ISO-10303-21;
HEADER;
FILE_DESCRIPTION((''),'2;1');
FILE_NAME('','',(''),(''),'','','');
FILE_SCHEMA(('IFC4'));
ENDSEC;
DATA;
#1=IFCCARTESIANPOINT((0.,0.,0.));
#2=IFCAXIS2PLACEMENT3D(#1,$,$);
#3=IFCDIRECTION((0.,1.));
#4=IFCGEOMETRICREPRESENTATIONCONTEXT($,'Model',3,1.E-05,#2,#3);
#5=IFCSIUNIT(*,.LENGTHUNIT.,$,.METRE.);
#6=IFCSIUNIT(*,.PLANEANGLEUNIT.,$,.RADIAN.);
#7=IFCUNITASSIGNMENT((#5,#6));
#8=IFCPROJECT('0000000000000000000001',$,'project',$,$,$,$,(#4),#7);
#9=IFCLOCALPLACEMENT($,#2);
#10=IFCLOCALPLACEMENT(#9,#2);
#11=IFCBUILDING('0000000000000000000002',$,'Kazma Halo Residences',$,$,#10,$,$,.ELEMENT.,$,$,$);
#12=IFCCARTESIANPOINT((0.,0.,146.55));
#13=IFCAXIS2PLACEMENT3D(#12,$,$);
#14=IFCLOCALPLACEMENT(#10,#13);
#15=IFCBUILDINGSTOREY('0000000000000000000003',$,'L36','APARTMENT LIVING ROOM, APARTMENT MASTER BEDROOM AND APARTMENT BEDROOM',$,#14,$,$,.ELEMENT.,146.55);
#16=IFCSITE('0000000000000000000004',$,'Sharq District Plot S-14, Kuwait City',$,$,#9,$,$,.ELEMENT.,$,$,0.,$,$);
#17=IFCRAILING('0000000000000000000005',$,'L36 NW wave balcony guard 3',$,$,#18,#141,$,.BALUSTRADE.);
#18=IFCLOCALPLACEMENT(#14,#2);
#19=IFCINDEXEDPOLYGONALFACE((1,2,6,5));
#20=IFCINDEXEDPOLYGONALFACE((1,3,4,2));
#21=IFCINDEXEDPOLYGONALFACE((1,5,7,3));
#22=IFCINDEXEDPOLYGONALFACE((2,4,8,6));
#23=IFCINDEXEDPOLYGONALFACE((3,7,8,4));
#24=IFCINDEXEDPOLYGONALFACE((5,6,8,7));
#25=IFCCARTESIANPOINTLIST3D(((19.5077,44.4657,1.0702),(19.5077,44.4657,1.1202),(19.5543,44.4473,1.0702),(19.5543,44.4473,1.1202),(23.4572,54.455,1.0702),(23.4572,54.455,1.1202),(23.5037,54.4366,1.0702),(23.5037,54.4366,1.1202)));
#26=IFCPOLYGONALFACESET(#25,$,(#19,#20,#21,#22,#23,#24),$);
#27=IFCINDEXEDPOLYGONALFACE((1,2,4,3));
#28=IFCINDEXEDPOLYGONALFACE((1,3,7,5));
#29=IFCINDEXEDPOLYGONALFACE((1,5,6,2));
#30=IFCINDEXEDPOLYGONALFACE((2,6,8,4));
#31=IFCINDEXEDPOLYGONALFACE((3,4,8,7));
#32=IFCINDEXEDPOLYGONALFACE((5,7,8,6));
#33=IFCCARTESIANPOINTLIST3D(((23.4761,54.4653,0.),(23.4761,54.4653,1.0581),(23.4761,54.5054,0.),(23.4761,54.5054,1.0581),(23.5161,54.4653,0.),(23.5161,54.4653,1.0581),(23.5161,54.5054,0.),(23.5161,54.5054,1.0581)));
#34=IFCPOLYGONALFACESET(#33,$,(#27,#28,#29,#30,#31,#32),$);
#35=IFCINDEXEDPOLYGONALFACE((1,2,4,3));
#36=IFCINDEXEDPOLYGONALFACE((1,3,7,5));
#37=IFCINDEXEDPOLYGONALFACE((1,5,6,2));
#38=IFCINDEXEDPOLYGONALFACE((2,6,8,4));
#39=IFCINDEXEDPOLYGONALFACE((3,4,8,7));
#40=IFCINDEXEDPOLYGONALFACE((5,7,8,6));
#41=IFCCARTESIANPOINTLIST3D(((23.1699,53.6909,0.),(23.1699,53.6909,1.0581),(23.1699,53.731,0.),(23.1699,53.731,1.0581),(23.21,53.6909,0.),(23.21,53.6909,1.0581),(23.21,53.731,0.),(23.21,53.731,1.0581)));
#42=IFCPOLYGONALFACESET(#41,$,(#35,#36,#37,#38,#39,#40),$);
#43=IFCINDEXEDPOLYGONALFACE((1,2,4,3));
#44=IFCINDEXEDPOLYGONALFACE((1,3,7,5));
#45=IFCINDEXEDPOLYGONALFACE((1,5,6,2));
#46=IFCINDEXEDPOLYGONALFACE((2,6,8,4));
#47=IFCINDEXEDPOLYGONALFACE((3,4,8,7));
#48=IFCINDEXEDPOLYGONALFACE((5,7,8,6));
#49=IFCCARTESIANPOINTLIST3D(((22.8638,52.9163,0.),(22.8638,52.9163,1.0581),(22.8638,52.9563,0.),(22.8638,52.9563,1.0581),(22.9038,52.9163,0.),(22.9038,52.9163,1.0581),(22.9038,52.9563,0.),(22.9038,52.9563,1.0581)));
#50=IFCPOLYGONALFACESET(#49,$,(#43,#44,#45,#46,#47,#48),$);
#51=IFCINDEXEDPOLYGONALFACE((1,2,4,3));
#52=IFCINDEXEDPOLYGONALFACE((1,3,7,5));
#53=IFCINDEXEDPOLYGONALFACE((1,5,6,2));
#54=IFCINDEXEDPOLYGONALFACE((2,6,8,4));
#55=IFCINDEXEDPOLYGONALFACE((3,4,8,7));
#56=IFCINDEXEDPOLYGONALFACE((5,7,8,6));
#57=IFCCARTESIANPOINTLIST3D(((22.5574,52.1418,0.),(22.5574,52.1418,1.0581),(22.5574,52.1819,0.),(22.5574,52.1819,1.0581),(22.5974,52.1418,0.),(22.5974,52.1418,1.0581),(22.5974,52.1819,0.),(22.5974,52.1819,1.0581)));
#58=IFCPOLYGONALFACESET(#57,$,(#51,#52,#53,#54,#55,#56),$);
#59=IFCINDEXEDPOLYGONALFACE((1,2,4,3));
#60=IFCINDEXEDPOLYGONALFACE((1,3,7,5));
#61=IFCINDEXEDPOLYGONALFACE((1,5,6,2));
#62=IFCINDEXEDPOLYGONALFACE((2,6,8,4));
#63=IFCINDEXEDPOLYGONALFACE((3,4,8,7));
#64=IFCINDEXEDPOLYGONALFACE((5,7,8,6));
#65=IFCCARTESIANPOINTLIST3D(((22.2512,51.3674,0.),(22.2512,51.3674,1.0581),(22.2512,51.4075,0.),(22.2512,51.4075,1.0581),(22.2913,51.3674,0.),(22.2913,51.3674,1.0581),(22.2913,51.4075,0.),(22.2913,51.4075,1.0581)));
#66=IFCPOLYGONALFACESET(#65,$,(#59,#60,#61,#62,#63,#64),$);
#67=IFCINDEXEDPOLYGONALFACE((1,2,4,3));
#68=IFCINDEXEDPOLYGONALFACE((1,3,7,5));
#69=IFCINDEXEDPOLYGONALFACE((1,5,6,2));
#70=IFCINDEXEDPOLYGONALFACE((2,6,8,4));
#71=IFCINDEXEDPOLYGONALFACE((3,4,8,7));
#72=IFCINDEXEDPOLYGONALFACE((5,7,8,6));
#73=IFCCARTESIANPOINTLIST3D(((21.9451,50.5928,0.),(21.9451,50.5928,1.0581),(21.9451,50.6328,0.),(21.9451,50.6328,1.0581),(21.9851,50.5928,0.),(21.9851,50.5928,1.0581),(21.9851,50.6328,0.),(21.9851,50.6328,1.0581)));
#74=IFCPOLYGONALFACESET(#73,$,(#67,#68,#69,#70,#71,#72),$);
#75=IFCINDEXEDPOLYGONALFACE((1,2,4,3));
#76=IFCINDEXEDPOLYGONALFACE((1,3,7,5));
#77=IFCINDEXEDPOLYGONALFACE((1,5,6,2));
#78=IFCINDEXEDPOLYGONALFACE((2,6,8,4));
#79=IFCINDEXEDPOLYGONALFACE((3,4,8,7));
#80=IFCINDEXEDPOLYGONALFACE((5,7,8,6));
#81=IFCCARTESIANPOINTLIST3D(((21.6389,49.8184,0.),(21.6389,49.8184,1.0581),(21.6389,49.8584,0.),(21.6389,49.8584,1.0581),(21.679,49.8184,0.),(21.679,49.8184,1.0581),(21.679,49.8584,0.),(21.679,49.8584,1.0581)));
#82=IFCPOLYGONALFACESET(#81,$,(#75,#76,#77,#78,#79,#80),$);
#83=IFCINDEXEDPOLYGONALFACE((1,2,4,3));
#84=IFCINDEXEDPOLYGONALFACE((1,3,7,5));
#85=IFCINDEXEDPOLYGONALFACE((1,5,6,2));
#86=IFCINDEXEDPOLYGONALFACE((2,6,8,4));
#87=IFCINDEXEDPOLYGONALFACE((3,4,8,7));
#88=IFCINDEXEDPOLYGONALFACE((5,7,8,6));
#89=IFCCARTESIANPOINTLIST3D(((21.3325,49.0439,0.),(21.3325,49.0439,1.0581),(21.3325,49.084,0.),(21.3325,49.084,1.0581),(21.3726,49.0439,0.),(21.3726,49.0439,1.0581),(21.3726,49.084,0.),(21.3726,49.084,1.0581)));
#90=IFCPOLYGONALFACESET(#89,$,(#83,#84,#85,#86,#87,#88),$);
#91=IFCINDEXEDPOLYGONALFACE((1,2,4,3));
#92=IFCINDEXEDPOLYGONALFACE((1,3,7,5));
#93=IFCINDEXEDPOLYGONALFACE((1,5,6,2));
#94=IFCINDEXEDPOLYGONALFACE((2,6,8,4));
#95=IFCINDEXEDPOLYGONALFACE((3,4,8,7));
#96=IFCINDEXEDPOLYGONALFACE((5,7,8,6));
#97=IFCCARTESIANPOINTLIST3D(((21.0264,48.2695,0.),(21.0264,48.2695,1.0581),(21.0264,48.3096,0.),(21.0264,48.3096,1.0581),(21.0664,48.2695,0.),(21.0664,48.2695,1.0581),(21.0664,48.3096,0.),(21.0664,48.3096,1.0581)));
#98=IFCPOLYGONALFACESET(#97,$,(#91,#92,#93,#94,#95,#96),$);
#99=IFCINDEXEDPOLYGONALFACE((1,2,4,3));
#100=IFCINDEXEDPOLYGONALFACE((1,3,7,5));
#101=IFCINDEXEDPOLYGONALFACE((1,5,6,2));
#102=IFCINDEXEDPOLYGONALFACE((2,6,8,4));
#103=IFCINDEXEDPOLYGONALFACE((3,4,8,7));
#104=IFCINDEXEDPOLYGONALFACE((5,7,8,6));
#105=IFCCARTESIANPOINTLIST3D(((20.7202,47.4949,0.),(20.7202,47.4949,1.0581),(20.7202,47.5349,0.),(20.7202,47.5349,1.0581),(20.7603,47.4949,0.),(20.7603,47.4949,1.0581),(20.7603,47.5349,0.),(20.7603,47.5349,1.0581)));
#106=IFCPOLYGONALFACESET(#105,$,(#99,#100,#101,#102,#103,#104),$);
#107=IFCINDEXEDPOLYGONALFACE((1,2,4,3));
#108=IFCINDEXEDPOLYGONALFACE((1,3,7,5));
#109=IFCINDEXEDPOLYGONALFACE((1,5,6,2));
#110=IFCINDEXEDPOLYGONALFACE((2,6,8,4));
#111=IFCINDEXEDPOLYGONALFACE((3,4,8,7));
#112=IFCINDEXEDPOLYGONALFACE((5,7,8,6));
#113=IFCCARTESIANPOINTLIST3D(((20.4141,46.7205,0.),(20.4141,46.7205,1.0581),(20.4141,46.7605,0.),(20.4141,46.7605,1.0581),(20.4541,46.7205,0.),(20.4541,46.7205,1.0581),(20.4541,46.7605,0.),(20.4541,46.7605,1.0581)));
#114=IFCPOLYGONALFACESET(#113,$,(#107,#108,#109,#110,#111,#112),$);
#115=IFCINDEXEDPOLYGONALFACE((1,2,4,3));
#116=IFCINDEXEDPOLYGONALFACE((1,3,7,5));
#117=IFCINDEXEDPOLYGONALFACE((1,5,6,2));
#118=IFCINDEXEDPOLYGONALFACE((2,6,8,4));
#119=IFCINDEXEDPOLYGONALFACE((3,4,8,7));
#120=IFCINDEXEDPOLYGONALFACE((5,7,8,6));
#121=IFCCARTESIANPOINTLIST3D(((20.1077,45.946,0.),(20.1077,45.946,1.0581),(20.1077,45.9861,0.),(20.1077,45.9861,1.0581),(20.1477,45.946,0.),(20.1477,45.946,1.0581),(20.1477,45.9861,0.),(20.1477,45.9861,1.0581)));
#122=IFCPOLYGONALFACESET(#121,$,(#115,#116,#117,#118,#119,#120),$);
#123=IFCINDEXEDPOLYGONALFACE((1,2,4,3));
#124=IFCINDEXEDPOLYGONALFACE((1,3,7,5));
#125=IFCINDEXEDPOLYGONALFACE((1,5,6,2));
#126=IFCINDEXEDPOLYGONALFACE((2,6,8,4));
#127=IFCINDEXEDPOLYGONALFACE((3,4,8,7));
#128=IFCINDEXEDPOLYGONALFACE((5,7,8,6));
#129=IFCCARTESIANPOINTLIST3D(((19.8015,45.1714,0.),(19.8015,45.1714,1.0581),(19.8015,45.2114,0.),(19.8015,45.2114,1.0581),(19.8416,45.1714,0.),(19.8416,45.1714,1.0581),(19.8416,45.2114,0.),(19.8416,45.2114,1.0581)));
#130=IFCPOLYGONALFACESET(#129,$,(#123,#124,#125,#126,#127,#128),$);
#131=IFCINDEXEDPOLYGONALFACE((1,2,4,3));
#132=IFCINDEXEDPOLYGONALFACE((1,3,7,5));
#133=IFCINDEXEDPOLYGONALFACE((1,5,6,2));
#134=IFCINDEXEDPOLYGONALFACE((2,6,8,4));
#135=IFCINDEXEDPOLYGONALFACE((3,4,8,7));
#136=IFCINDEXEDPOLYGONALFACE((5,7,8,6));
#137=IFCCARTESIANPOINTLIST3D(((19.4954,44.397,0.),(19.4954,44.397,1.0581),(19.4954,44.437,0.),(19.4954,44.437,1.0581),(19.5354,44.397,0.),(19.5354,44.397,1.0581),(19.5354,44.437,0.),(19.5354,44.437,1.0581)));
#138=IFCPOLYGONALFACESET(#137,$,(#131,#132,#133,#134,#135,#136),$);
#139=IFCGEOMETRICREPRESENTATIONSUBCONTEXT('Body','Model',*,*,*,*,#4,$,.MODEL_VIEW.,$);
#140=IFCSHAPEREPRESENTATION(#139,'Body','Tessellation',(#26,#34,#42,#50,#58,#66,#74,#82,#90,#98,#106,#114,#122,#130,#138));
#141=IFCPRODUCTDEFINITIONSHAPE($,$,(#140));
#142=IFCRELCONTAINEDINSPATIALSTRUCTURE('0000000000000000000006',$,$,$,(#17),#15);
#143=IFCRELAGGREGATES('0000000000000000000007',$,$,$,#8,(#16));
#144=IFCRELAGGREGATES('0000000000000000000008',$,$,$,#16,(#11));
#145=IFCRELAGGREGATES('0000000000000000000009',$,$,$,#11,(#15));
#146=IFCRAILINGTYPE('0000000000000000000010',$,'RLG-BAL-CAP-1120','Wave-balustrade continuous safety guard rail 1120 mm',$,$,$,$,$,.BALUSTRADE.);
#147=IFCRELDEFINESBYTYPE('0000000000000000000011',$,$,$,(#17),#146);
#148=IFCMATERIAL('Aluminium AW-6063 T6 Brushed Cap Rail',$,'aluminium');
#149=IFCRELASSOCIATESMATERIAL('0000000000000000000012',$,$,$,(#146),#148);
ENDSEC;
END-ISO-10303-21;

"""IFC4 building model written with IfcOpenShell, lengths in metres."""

from ifc_helpers import new_model, si_unit, direction, frame, origin, origin_2d, place, context, subcontext, project, spatial, rectangle, extrude, material, type_object, element, save


model = new_model("IFC4")

# Units and contexts
model_context = context("Model", 3, precision=1e-05, world=origin(), true_north=direction((0.0, 1.0)))
body_context = subcontext(model_context, "Body", "Model", "MODEL_VIEW")
ifc_project = project(units=[si_unit("LENGTHUNIT", "METRE"), si_unit("PLANEANGLEUNIT", "RADIAN")], contexts=[model_context])

# Site, building, storey
site_placement = place(None, origin())
site = spatial("IfcSite", under=ifc_project, at=site_placement, Name="Sharq District Plot S-14, Kuwait City", CompositionType="ELEMENT", RefElevation=0.0)
building_placement = place(site_placement, origin())
building = spatial("IfcBuilding", under=site, at=building_placement, Name="Kazma Halo Residences", CompositionType="ELEMENT")
storey_placement = place(building_placement, frame((0.0, 0.0, 146.55)))
storey = spatial("IfcBuildingStorey", under=building, at=storey_placement, Name="L36", Description="APARTMENT LIVING ROOM, APARTMENT MASTER BEDROOM AND APARTMENT BEDROOM", CompositionType="ELEMENT", Elevation=146.55)

# Railing
ifc_material_1 = material(Name="Aluminium AW-6063 T6 Brushed Cap Rail", Category="aluminium")
railing_type = type_object("IfcRailingType", Name="RLG-BAL-CAP-1120", Description="Wave-balustrade continuous safety guard rail 1120 mm", PredefinedType="BALUSTRADE", material=ifc_material_1)
railing_1_placement = place(storey_placement, frame((23.4961, 54.4854, 0.0)))
element("IfcRailing", 1, at=railing_1_placement, inside=storey, type_object=railing_type, Name="L36 NW wave balcony guard 3", PredefinedType="BALUSTRADE", context=body_context, shape_type="SweptSolid", body=[
    extrude(rectangle(XDim=0.05, YDim=0.05, at=origin_2d()), frame((-0.0156, -0.0396, 1.0952), z_axis=(-0.367675, -0.929954, 0.0), x_axis=(0.929954, -0.367675, 0.0)), (0.0, 0.0, 1.0), 10.7417),
    extrude(rectangle(XDim=0.04, YDim=0.04, at=origin_2d()), origin(), (0.0, 0.0, 1.0), 1.0581),
    extrude(rectangle(XDim=0.04, YDim=0.04, at=origin_2d()), frame((-0.3062, -0.7744, 0.0)), (0.0, 0.0, 1.0), 1.0581),
    extrude(rectangle(XDim=0.04, YDim=0.04, at=origin_2d()), frame((-0.6123, -1.5491, 0.0)), (0.0, 0.0, 1.0), 1.0581),
    extrude(rectangle(XDim=0.04, YDim=0.04, at=origin_2d()), frame((-0.9187, -2.3235, 0.0)), (0.0, 0.0, 1.0), 1.0581),
    extrude(rectangle(XDim=0.04, YDim=0.04, at=origin_2d()), frame((-1.2249, -3.0979, 0.0)), (0.0, 0.0, 1.0), 1.0581),
    extrude(rectangle(XDim=0.04, YDim=0.04, at=origin_2d()), frame((-1.531, -3.8726, 0.0)), (0.0, 0.0, 1.0), 1.0581),
    extrude(rectangle(XDim=0.04, YDim=0.04, at=origin_2d()), frame((-1.8372, -4.647, 0.0)), (0.0, 0.0, 1.0), 1.0581),
    extrude(rectangle(XDim=0.04, YDim=0.04, at=origin_2d()), frame((-2.1436, -5.4214, 0.0)), (0.0, 0.0, 1.0), 1.0581),
    extrude(rectangle(XDim=0.04, YDim=0.04, at=origin_2d()), frame((-2.4497, -6.1958, 0.0)), (0.0, 0.0, 1.0), 1.0581),
    extrude(rectangle(XDim=0.04, YDim=0.04, at=origin_2d()), frame((-2.7559, -6.9705, 0.0)), (0.0, 0.0, 1.0), 1.0581),
    extrude(rectangle(XDim=0.04, YDim=0.04, at=origin_2d()), frame((-3.062, -7.7449, 0.0)), (0.0, 0.0, 1.0), 1.0581),
    extrude(rectangle(XDim=0.04, YDim=0.04, at=origin_2d()), frame((-3.3684, -8.5193, 0.0)), (0.0, 0.0, 1.0), 1.0581),
    extrude(rectangle(XDim=0.04, YDim=0.04, at=origin_2d()), frame((-3.6746, -9.2939, 0.0)), (0.0, 0.0, 1.0), 1.0581),
    extrude(rectangle(XDim=0.04, YDim=0.04, at=origin_2d()), frame((-3.9807, -10.0684, 0.0)), (0.0, 0.0, 1.0), 1.0581),
])

save(model, "model.ifc")
